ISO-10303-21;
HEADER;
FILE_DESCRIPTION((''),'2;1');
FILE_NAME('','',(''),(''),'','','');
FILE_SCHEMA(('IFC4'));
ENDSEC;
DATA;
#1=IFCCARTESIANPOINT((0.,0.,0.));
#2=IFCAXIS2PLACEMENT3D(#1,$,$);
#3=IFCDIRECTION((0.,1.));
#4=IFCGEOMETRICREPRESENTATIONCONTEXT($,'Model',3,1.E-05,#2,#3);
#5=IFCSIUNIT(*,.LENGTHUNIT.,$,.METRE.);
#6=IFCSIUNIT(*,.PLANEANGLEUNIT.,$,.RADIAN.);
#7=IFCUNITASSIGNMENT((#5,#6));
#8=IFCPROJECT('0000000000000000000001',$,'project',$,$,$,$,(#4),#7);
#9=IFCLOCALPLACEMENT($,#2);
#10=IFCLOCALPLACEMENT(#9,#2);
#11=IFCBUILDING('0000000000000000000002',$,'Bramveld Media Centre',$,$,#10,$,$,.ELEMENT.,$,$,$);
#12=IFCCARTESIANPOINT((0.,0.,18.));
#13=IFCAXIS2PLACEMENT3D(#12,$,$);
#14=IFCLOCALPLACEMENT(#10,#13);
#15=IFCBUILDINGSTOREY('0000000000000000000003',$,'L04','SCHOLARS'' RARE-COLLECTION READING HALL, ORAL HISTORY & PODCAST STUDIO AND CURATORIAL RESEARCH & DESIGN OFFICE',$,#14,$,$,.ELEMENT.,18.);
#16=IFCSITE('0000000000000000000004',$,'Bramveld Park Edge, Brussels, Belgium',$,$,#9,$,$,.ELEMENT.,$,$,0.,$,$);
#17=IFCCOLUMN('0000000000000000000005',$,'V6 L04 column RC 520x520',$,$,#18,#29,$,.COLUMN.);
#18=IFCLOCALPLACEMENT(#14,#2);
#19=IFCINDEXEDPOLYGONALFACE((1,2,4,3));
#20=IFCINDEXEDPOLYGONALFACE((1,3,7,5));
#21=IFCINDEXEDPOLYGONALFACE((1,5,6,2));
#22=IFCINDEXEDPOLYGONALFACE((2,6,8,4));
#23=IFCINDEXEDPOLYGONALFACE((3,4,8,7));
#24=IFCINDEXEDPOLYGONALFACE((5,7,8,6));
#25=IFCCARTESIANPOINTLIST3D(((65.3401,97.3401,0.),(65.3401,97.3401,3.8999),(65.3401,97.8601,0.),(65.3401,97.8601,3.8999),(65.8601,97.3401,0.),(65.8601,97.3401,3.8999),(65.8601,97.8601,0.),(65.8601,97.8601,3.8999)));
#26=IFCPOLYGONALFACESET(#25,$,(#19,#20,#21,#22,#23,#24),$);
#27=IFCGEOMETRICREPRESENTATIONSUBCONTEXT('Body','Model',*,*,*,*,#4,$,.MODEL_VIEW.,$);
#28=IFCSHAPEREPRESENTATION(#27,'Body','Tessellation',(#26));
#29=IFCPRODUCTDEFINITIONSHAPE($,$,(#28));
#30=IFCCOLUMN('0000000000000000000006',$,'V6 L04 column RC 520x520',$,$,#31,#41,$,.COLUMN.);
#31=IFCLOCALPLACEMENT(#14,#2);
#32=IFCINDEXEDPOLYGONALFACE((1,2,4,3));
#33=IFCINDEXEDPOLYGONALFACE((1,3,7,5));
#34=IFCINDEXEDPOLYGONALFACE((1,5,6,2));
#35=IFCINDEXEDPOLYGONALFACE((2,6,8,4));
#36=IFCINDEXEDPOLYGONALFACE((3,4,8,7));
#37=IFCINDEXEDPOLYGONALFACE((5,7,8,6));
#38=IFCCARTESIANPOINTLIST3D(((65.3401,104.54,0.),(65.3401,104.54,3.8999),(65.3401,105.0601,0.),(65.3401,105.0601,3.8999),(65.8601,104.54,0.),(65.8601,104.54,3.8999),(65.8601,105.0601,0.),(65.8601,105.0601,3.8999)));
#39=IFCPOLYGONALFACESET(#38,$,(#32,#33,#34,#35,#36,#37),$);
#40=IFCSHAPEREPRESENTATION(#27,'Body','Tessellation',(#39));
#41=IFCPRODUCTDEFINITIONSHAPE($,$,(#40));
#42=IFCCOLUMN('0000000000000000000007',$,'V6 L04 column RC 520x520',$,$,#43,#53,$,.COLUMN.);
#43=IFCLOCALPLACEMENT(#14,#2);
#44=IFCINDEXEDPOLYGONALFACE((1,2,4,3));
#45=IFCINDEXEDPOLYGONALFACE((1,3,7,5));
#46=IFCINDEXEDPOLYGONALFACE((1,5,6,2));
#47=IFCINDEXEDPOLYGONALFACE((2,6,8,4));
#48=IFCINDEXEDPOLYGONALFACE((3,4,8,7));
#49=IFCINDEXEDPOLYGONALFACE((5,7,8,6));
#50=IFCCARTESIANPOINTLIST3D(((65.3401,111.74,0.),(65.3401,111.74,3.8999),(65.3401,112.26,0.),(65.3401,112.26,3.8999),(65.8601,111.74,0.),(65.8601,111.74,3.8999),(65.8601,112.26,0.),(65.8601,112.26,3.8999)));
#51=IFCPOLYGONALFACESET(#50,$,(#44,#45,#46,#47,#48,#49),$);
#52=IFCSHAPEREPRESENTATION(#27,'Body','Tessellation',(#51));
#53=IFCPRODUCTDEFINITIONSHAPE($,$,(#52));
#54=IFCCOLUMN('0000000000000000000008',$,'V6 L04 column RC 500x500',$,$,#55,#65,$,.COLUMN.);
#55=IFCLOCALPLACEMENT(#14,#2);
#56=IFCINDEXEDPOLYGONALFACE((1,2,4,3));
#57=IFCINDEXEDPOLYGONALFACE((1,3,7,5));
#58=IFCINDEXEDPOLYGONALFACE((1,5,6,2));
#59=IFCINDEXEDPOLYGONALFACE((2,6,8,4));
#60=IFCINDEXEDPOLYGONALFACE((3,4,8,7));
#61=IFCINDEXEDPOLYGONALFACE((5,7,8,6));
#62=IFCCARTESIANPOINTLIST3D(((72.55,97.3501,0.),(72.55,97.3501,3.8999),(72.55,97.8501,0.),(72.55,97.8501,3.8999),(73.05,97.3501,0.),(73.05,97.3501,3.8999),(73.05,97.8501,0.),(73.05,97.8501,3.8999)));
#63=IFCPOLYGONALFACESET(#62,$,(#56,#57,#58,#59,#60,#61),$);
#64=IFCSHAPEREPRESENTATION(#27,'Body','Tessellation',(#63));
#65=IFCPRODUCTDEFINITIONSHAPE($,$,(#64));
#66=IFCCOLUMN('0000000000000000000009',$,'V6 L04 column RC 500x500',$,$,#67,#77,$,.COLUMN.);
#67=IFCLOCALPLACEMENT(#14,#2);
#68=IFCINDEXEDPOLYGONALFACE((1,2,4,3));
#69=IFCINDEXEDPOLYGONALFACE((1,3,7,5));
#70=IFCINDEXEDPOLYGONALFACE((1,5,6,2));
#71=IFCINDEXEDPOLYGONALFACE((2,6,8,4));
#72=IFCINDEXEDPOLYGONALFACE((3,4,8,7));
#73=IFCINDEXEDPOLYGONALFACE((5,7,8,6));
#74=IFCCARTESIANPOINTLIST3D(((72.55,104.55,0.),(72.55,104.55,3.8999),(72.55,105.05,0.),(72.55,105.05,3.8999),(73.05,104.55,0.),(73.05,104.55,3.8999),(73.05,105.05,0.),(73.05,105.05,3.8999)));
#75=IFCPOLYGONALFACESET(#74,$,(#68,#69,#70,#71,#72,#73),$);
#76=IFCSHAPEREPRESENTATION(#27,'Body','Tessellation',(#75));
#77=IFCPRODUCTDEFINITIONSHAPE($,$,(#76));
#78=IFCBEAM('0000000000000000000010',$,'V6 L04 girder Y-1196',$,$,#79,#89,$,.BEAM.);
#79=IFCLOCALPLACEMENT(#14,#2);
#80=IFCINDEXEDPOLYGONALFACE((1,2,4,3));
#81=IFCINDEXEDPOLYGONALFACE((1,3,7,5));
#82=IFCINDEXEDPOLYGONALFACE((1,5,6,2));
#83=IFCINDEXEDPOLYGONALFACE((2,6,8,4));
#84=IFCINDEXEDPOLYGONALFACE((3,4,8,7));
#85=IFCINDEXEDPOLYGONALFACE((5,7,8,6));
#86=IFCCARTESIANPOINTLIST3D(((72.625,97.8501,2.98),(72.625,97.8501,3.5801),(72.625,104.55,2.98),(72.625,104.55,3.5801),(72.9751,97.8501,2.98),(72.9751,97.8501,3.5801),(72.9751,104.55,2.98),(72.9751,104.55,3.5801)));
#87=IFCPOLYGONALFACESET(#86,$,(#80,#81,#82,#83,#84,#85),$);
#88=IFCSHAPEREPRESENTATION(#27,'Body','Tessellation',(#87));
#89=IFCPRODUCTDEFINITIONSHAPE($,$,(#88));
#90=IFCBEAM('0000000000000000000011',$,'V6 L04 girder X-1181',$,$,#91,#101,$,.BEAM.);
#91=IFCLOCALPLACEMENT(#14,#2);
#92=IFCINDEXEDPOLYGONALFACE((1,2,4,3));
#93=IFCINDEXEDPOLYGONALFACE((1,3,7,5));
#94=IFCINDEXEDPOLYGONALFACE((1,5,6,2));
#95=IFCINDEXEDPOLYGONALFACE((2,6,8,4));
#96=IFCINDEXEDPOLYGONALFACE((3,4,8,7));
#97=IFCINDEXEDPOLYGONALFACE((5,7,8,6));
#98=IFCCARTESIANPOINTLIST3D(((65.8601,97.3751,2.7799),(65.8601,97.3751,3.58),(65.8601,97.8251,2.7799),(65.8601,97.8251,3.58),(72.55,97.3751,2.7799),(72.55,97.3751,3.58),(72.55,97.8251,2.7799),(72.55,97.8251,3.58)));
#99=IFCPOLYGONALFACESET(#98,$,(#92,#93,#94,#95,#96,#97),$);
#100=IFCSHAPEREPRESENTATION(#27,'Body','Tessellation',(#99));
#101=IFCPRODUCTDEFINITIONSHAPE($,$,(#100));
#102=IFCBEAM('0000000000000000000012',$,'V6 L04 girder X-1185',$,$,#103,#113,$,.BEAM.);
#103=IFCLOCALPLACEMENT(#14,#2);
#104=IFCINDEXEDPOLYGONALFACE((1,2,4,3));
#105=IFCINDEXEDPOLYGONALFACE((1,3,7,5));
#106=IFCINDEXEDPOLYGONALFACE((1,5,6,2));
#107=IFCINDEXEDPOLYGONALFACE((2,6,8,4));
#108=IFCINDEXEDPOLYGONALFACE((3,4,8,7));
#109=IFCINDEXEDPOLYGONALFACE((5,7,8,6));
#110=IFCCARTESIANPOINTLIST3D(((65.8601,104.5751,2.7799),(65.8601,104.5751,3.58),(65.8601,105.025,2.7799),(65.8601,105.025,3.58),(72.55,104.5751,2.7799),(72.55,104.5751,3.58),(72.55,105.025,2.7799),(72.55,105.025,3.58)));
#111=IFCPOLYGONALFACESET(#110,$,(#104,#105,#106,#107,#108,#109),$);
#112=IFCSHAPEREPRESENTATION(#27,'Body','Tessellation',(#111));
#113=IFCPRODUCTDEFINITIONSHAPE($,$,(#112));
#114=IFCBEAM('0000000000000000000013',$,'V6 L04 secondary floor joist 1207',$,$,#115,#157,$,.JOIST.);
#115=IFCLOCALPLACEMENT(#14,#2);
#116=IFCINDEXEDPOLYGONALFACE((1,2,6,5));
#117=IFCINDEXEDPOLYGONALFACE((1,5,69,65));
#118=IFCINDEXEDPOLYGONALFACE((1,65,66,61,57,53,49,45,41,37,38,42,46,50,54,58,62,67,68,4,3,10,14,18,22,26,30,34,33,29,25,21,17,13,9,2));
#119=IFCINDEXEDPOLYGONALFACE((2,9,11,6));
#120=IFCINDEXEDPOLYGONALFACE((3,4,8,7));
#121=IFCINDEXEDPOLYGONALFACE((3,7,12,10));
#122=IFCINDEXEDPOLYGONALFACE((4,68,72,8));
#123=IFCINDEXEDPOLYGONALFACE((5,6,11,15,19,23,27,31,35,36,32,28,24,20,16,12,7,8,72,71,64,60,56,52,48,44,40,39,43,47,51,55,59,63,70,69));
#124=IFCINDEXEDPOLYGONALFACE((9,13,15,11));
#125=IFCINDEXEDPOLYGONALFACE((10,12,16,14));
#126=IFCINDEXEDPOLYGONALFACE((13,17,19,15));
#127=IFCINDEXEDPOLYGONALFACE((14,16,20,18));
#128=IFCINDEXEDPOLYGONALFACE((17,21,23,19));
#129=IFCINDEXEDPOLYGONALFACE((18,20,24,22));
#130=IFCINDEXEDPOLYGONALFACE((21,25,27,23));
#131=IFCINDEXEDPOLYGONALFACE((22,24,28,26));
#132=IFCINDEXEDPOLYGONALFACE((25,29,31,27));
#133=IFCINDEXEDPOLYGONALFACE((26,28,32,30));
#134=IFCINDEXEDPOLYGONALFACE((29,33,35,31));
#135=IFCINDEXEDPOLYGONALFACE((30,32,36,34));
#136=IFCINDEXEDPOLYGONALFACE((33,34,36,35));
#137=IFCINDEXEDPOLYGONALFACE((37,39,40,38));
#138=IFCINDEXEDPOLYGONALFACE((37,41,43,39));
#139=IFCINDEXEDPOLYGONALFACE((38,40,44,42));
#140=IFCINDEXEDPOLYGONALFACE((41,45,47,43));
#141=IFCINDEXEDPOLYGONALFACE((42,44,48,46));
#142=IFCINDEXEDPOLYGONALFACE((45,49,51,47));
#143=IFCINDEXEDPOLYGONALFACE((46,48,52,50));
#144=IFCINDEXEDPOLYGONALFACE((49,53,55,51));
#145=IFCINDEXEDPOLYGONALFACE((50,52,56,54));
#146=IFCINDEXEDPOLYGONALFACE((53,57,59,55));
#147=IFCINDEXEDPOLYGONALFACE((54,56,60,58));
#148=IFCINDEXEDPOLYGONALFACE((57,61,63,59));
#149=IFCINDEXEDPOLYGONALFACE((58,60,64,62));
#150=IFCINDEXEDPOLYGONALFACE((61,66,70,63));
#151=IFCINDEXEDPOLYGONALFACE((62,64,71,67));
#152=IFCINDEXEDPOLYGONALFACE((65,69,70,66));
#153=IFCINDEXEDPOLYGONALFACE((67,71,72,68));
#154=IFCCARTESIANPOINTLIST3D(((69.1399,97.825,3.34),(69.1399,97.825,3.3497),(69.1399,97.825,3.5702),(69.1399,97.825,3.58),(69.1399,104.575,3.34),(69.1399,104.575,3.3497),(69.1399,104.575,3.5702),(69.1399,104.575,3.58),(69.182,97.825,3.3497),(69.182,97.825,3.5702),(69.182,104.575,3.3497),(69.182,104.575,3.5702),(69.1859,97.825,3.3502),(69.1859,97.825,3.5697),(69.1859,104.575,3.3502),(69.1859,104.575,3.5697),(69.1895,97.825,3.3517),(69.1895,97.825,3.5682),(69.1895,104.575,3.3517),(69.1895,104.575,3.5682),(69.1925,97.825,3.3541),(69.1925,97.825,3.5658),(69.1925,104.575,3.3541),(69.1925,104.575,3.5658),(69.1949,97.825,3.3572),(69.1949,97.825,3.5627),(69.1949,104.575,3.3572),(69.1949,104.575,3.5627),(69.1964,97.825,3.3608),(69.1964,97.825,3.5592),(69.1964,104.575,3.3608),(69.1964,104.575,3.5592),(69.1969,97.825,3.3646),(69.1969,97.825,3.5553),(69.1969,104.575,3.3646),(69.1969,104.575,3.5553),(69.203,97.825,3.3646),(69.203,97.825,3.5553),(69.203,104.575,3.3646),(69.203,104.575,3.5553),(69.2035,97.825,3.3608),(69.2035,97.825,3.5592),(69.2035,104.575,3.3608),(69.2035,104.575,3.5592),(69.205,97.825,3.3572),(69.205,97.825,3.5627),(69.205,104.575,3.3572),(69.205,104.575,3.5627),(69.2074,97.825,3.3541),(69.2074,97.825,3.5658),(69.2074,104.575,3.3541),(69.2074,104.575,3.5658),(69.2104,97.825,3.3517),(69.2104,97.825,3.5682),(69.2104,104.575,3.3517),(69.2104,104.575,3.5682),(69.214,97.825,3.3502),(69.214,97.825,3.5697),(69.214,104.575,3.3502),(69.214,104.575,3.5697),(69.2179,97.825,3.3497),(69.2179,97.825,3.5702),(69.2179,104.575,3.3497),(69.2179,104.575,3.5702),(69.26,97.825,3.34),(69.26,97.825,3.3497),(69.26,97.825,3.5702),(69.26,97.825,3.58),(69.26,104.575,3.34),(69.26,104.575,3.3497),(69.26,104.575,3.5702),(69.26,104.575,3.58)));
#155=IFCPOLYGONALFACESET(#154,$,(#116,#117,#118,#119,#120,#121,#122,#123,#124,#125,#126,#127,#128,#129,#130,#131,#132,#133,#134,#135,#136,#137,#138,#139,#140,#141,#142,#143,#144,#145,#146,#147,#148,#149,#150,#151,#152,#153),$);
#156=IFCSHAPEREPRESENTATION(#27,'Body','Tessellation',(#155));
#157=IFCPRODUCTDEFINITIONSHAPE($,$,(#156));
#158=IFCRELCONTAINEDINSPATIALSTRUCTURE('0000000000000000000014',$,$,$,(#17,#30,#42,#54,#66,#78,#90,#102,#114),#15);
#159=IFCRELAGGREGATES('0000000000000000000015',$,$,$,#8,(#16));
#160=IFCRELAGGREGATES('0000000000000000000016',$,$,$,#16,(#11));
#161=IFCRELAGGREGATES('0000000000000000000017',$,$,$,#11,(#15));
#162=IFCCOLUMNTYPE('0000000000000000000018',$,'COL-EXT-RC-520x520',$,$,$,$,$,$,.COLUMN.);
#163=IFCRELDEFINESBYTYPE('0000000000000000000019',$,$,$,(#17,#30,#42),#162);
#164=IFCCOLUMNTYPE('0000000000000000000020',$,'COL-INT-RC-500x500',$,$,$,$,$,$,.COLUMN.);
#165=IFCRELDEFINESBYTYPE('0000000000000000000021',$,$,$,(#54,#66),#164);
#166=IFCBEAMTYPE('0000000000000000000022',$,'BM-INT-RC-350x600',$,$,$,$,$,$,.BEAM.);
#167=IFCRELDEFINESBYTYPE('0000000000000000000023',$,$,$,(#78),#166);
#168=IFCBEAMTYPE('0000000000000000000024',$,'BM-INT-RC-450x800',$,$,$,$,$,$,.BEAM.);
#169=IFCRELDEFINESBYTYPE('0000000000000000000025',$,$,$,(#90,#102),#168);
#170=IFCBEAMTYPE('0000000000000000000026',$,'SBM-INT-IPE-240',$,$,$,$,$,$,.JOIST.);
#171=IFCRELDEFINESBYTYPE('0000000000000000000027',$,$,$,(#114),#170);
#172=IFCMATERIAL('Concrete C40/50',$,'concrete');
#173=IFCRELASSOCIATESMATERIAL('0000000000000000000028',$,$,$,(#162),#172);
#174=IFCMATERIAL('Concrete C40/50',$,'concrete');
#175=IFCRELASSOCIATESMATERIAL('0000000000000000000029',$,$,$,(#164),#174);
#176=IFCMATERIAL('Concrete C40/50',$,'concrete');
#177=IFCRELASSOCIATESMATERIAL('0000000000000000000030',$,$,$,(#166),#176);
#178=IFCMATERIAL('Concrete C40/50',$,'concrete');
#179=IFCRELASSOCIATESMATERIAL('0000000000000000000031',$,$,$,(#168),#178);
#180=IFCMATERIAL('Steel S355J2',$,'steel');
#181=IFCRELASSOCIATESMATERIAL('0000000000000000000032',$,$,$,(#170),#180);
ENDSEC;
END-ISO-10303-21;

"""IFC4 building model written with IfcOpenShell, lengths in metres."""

from ifc_helpers import new_model, si_unit, direction, frame, origin, origin_2d, place, context, subcontext, project, spatial, rectangle, i_section, extrude, material, material_profile, profile_set, type_object, element, save


model = new_model("IFC4")

# Units and contexts
model_context = context("Model", 3, precision=1e-05, world=origin(), true_north=direction((0.0, 1.0)))
body_context = subcontext(model_context, "Body", "Model", "MODEL_VIEW")
ifc_project = project(units=[si_unit("LENGTHUNIT", "METRE"), si_unit("PLANEANGLEUNIT", "RADIAN")], contexts=[model_context])

# Site, building, storey
site_placement = place(None, origin())
site = spatial("IfcSite", under=ifc_project, at=site_placement, Name="Bramveld Park Edge, Brussels, Belgium", CompositionType="ELEMENT", RefElevation=0.0)
building_placement = place(site_placement, origin())
building = spatial("IfcBuilding", under=site, at=building_placement, Name="Bramveld Media Centre", CompositionType="ELEMENT")
storey_placement = place(building_placement, frame((0.0, 0.0, 18.0)))
storey = spatial("IfcBuildingStorey", under=building, at=storey_placement, Name="L04", Description="SCHOLARS' RARE-COLLECTION READING HALL, ORAL HISTORY & PODCAST STUDIO AND CURATORIAL RESEARCH & DESIGN OFFICE", CompositionType="ELEMENT", Elevation=18.0)

# Columns
ifc_material_1 = material(Name="Concrete C40/50", Category="concrete")
ifc_material_profile_1 = material_profile(ifc_material_1, rectangle(XDim=0.52, YDim=0.52, at=origin_2d()), Name="RC 520x520")
ifc_profile_set_1 = profile_set([ifc_material_profile_1], Name="Concrete C40/50")
column_type_1 = type_object("IfcColumnType", Name="COL-EXT-RC-520x520", PredefinedType="COLUMN", material=ifc_profile_set_1)
for number, where, z_axis, x_axis, name in (
    (1, (65.6001, 97.6001, 0.0), (0.0, 0.0, 1.0), (1.0, 0.0, 0.0), "V6 L04 column RC 520x520"),
    (2, (65.6001, 104.8, 0.0), (0.0, 0.0, 1.0), (1.0, 0.0, 0.0), "V6 L04 column RC 520x520"),
    (3, (65.6001, 112.0, 0.0), (0.0, 0.0, 1.0), (1.0, 0.0, 0.0), "V6 L04 column RC 520x520"),
):
    element("IfcColumn", number, at=place(storey_placement, frame(where, z_axis=z_axis, x_axis=x_axis)), inside=storey, type_object=column_type_1, Name=name, PredefinedType="COLUMN", context=body_context, shape_type="SweptSolid", body=[
        extrude(rectangle(XDim=0.52, YDim=0.52, at=origin_2d()), origin(), (0.0, 0.0, 1.0), 3.8999),
    ])
ifc_material_2 = material(Name="Concrete C40/50", Category="concrete")
ifc_material_profile_2 = material_profile(ifc_material_2, rectangle(XDim=0.5, YDim=0.5, at=origin_2d()), Name="RC 500x500")
ifc_profile_set_2 = profile_set([ifc_material_profile_2], Name="Concrete C40/50")
column_type_2 = type_object("IfcColumnType", Name="COL-INT-RC-500x500", PredefinedType="COLUMN", material=ifc_profile_set_2)
for number, where, z_axis, x_axis, name in (
    (4, (72.8, 97.6001, 0.0), (0.0, 0.0, 1.0), (1.0, 0.0, 0.0), "V6 L04 column RC 500x500"),
    (5, (72.8, 104.8, 0.0), (0.0, 0.0, 1.0), (1.0, 0.0, 0.0), "V6 L04 column RC 500x500"),
):
    element("IfcColumn", number, at=place(storey_placement, frame(where, z_axis=z_axis, x_axis=x_axis)), inside=storey, type_object=column_type_2, Name=name, PredefinedType="COLUMN", context=body_context, shape_type="SweptSolid", body=[
        extrude(rectangle(XDim=0.5, YDim=0.5, at=origin_2d()), origin(), (0.0, 0.0, 1.0), 3.8999),
    ])

# Beams
ifc_material_3 = material(Name="Concrete C40/50", Category="concrete")
ifc_material_profile_3 = material_profile(ifc_material_3, rectangle(XDim=0.3501, YDim=0.6001, at=origin_2d()), Name="RC 350x600")
ifc_profile_set_3 = profile_set([ifc_material_profile_3], Name="Concrete C40/50")
beam_type_1 = type_object("IfcBeamType", Name="BM-INT-RC-350x600", PredefinedType="BEAM", material=ifc_profile_set_3)
beam_1_placement = place(storey_placement, frame((72.8, 97.8501, 3.28), z_axis=(0.0, 1.0, 0.0), x_axis=(-1.0, 0.0, 0.0)))
element("IfcBeam", 6, at=beam_1_placement, inside=storey, type_object=beam_type_1, Name="V6 L04 girder Y-1196", PredefinedType="BEAM", context=body_context, shape_type="SweptSolid", body=[
    extrude(rectangle(XDim=0.3501, YDim=0.6001, at=origin_2d()), origin(), (0.0, 0.0, 1.0), 6.7),
])
ifc_material_4 = material(Name="Concrete C40/50", Category="concrete")
ifc_material_profile_4 = material_profile(ifc_material_4, rectangle(XDim=0.45, YDim=0.8, at=origin_2d()), Name="RC 450x800")
ifc_profile_set_4 = profile_set([ifc_material_profile_4], Name="Concrete C40/50")
beam_type_2 = type_object("IfcBeamType", Name="BM-INT-RC-450x800", PredefinedType="BEAM", material=ifc_profile_set_4)
for number, where, z_axis, x_axis, name in (
    (7, (65.8601, 97.6001, 3.1799), (1.0, 0.0, 0.0), (0.0, 1.0, 0.0), "V6 L04 girder X-1181"),
    (8, (65.8601, 104.8, 3.1799), (1.0, 0.0, 0.0), (0.0, 1.0, 0.0), "V6 L04 girder X-1185"),
):
    element("IfcBeam", number, at=place(storey_placement, frame(where, z_axis=z_axis, x_axis=x_axis)), inside=storey, type_object=beam_type_2, Name=name, PredefinedType="BEAM", context=body_context, shape_type="SweptSolid", body=[
        extrude(rectangle(XDim=0.45, YDim=0.8, at=origin_2d()), origin(), (0.0, 0.0, 1.0), 6.6899),
    ])
ifc_material_5 = material(Name="Steel S355J2", Category="steel")
ifc_material_profile_5 = material_profile(ifc_material_5, i_section(OverallWidth=0.1201, OverallDepth=0.24, WebThickness=0.0061, FlangeThickness=0.0098, FilletRadius=0.0149, at=origin_2d()), Name="IPE 240")
ifc_profile_set_5 = profile_set([ifc_material_profile_5], Name="Steel S355J2")
beam_type_3 = type_object("IfcBeamType", Name="SBM-INT-IPE-240", PredefinedType="JOIST", material=ifc_profile_set_5)
beam_2_placement = place(storey_placement, frame((69.2, 97.825, 3.46), z_axis=(0.0, 1.0, 0.0), x_axis=(-1.0, 0.0, 0.0)))
element("IfcBeam", 9, at=beam_2_placement, inside=storey, type_object=beam_type_3, Name="V6 L04 secondary floor joist 1207", PredefinedType="JOIST", context=body_context, shape_type="SweptSolid", body=[
    extrude(i_section(OverallWidth=0.1201, OverallDepth=0.24, WebThickness=0.0061, FlangeThickness=0.0098, FilletRadius=0.0149, at=origin_2d()), origin(), (0.0, 0.0, 1.0), 6.75),
])

save(model, "model.ifc")
